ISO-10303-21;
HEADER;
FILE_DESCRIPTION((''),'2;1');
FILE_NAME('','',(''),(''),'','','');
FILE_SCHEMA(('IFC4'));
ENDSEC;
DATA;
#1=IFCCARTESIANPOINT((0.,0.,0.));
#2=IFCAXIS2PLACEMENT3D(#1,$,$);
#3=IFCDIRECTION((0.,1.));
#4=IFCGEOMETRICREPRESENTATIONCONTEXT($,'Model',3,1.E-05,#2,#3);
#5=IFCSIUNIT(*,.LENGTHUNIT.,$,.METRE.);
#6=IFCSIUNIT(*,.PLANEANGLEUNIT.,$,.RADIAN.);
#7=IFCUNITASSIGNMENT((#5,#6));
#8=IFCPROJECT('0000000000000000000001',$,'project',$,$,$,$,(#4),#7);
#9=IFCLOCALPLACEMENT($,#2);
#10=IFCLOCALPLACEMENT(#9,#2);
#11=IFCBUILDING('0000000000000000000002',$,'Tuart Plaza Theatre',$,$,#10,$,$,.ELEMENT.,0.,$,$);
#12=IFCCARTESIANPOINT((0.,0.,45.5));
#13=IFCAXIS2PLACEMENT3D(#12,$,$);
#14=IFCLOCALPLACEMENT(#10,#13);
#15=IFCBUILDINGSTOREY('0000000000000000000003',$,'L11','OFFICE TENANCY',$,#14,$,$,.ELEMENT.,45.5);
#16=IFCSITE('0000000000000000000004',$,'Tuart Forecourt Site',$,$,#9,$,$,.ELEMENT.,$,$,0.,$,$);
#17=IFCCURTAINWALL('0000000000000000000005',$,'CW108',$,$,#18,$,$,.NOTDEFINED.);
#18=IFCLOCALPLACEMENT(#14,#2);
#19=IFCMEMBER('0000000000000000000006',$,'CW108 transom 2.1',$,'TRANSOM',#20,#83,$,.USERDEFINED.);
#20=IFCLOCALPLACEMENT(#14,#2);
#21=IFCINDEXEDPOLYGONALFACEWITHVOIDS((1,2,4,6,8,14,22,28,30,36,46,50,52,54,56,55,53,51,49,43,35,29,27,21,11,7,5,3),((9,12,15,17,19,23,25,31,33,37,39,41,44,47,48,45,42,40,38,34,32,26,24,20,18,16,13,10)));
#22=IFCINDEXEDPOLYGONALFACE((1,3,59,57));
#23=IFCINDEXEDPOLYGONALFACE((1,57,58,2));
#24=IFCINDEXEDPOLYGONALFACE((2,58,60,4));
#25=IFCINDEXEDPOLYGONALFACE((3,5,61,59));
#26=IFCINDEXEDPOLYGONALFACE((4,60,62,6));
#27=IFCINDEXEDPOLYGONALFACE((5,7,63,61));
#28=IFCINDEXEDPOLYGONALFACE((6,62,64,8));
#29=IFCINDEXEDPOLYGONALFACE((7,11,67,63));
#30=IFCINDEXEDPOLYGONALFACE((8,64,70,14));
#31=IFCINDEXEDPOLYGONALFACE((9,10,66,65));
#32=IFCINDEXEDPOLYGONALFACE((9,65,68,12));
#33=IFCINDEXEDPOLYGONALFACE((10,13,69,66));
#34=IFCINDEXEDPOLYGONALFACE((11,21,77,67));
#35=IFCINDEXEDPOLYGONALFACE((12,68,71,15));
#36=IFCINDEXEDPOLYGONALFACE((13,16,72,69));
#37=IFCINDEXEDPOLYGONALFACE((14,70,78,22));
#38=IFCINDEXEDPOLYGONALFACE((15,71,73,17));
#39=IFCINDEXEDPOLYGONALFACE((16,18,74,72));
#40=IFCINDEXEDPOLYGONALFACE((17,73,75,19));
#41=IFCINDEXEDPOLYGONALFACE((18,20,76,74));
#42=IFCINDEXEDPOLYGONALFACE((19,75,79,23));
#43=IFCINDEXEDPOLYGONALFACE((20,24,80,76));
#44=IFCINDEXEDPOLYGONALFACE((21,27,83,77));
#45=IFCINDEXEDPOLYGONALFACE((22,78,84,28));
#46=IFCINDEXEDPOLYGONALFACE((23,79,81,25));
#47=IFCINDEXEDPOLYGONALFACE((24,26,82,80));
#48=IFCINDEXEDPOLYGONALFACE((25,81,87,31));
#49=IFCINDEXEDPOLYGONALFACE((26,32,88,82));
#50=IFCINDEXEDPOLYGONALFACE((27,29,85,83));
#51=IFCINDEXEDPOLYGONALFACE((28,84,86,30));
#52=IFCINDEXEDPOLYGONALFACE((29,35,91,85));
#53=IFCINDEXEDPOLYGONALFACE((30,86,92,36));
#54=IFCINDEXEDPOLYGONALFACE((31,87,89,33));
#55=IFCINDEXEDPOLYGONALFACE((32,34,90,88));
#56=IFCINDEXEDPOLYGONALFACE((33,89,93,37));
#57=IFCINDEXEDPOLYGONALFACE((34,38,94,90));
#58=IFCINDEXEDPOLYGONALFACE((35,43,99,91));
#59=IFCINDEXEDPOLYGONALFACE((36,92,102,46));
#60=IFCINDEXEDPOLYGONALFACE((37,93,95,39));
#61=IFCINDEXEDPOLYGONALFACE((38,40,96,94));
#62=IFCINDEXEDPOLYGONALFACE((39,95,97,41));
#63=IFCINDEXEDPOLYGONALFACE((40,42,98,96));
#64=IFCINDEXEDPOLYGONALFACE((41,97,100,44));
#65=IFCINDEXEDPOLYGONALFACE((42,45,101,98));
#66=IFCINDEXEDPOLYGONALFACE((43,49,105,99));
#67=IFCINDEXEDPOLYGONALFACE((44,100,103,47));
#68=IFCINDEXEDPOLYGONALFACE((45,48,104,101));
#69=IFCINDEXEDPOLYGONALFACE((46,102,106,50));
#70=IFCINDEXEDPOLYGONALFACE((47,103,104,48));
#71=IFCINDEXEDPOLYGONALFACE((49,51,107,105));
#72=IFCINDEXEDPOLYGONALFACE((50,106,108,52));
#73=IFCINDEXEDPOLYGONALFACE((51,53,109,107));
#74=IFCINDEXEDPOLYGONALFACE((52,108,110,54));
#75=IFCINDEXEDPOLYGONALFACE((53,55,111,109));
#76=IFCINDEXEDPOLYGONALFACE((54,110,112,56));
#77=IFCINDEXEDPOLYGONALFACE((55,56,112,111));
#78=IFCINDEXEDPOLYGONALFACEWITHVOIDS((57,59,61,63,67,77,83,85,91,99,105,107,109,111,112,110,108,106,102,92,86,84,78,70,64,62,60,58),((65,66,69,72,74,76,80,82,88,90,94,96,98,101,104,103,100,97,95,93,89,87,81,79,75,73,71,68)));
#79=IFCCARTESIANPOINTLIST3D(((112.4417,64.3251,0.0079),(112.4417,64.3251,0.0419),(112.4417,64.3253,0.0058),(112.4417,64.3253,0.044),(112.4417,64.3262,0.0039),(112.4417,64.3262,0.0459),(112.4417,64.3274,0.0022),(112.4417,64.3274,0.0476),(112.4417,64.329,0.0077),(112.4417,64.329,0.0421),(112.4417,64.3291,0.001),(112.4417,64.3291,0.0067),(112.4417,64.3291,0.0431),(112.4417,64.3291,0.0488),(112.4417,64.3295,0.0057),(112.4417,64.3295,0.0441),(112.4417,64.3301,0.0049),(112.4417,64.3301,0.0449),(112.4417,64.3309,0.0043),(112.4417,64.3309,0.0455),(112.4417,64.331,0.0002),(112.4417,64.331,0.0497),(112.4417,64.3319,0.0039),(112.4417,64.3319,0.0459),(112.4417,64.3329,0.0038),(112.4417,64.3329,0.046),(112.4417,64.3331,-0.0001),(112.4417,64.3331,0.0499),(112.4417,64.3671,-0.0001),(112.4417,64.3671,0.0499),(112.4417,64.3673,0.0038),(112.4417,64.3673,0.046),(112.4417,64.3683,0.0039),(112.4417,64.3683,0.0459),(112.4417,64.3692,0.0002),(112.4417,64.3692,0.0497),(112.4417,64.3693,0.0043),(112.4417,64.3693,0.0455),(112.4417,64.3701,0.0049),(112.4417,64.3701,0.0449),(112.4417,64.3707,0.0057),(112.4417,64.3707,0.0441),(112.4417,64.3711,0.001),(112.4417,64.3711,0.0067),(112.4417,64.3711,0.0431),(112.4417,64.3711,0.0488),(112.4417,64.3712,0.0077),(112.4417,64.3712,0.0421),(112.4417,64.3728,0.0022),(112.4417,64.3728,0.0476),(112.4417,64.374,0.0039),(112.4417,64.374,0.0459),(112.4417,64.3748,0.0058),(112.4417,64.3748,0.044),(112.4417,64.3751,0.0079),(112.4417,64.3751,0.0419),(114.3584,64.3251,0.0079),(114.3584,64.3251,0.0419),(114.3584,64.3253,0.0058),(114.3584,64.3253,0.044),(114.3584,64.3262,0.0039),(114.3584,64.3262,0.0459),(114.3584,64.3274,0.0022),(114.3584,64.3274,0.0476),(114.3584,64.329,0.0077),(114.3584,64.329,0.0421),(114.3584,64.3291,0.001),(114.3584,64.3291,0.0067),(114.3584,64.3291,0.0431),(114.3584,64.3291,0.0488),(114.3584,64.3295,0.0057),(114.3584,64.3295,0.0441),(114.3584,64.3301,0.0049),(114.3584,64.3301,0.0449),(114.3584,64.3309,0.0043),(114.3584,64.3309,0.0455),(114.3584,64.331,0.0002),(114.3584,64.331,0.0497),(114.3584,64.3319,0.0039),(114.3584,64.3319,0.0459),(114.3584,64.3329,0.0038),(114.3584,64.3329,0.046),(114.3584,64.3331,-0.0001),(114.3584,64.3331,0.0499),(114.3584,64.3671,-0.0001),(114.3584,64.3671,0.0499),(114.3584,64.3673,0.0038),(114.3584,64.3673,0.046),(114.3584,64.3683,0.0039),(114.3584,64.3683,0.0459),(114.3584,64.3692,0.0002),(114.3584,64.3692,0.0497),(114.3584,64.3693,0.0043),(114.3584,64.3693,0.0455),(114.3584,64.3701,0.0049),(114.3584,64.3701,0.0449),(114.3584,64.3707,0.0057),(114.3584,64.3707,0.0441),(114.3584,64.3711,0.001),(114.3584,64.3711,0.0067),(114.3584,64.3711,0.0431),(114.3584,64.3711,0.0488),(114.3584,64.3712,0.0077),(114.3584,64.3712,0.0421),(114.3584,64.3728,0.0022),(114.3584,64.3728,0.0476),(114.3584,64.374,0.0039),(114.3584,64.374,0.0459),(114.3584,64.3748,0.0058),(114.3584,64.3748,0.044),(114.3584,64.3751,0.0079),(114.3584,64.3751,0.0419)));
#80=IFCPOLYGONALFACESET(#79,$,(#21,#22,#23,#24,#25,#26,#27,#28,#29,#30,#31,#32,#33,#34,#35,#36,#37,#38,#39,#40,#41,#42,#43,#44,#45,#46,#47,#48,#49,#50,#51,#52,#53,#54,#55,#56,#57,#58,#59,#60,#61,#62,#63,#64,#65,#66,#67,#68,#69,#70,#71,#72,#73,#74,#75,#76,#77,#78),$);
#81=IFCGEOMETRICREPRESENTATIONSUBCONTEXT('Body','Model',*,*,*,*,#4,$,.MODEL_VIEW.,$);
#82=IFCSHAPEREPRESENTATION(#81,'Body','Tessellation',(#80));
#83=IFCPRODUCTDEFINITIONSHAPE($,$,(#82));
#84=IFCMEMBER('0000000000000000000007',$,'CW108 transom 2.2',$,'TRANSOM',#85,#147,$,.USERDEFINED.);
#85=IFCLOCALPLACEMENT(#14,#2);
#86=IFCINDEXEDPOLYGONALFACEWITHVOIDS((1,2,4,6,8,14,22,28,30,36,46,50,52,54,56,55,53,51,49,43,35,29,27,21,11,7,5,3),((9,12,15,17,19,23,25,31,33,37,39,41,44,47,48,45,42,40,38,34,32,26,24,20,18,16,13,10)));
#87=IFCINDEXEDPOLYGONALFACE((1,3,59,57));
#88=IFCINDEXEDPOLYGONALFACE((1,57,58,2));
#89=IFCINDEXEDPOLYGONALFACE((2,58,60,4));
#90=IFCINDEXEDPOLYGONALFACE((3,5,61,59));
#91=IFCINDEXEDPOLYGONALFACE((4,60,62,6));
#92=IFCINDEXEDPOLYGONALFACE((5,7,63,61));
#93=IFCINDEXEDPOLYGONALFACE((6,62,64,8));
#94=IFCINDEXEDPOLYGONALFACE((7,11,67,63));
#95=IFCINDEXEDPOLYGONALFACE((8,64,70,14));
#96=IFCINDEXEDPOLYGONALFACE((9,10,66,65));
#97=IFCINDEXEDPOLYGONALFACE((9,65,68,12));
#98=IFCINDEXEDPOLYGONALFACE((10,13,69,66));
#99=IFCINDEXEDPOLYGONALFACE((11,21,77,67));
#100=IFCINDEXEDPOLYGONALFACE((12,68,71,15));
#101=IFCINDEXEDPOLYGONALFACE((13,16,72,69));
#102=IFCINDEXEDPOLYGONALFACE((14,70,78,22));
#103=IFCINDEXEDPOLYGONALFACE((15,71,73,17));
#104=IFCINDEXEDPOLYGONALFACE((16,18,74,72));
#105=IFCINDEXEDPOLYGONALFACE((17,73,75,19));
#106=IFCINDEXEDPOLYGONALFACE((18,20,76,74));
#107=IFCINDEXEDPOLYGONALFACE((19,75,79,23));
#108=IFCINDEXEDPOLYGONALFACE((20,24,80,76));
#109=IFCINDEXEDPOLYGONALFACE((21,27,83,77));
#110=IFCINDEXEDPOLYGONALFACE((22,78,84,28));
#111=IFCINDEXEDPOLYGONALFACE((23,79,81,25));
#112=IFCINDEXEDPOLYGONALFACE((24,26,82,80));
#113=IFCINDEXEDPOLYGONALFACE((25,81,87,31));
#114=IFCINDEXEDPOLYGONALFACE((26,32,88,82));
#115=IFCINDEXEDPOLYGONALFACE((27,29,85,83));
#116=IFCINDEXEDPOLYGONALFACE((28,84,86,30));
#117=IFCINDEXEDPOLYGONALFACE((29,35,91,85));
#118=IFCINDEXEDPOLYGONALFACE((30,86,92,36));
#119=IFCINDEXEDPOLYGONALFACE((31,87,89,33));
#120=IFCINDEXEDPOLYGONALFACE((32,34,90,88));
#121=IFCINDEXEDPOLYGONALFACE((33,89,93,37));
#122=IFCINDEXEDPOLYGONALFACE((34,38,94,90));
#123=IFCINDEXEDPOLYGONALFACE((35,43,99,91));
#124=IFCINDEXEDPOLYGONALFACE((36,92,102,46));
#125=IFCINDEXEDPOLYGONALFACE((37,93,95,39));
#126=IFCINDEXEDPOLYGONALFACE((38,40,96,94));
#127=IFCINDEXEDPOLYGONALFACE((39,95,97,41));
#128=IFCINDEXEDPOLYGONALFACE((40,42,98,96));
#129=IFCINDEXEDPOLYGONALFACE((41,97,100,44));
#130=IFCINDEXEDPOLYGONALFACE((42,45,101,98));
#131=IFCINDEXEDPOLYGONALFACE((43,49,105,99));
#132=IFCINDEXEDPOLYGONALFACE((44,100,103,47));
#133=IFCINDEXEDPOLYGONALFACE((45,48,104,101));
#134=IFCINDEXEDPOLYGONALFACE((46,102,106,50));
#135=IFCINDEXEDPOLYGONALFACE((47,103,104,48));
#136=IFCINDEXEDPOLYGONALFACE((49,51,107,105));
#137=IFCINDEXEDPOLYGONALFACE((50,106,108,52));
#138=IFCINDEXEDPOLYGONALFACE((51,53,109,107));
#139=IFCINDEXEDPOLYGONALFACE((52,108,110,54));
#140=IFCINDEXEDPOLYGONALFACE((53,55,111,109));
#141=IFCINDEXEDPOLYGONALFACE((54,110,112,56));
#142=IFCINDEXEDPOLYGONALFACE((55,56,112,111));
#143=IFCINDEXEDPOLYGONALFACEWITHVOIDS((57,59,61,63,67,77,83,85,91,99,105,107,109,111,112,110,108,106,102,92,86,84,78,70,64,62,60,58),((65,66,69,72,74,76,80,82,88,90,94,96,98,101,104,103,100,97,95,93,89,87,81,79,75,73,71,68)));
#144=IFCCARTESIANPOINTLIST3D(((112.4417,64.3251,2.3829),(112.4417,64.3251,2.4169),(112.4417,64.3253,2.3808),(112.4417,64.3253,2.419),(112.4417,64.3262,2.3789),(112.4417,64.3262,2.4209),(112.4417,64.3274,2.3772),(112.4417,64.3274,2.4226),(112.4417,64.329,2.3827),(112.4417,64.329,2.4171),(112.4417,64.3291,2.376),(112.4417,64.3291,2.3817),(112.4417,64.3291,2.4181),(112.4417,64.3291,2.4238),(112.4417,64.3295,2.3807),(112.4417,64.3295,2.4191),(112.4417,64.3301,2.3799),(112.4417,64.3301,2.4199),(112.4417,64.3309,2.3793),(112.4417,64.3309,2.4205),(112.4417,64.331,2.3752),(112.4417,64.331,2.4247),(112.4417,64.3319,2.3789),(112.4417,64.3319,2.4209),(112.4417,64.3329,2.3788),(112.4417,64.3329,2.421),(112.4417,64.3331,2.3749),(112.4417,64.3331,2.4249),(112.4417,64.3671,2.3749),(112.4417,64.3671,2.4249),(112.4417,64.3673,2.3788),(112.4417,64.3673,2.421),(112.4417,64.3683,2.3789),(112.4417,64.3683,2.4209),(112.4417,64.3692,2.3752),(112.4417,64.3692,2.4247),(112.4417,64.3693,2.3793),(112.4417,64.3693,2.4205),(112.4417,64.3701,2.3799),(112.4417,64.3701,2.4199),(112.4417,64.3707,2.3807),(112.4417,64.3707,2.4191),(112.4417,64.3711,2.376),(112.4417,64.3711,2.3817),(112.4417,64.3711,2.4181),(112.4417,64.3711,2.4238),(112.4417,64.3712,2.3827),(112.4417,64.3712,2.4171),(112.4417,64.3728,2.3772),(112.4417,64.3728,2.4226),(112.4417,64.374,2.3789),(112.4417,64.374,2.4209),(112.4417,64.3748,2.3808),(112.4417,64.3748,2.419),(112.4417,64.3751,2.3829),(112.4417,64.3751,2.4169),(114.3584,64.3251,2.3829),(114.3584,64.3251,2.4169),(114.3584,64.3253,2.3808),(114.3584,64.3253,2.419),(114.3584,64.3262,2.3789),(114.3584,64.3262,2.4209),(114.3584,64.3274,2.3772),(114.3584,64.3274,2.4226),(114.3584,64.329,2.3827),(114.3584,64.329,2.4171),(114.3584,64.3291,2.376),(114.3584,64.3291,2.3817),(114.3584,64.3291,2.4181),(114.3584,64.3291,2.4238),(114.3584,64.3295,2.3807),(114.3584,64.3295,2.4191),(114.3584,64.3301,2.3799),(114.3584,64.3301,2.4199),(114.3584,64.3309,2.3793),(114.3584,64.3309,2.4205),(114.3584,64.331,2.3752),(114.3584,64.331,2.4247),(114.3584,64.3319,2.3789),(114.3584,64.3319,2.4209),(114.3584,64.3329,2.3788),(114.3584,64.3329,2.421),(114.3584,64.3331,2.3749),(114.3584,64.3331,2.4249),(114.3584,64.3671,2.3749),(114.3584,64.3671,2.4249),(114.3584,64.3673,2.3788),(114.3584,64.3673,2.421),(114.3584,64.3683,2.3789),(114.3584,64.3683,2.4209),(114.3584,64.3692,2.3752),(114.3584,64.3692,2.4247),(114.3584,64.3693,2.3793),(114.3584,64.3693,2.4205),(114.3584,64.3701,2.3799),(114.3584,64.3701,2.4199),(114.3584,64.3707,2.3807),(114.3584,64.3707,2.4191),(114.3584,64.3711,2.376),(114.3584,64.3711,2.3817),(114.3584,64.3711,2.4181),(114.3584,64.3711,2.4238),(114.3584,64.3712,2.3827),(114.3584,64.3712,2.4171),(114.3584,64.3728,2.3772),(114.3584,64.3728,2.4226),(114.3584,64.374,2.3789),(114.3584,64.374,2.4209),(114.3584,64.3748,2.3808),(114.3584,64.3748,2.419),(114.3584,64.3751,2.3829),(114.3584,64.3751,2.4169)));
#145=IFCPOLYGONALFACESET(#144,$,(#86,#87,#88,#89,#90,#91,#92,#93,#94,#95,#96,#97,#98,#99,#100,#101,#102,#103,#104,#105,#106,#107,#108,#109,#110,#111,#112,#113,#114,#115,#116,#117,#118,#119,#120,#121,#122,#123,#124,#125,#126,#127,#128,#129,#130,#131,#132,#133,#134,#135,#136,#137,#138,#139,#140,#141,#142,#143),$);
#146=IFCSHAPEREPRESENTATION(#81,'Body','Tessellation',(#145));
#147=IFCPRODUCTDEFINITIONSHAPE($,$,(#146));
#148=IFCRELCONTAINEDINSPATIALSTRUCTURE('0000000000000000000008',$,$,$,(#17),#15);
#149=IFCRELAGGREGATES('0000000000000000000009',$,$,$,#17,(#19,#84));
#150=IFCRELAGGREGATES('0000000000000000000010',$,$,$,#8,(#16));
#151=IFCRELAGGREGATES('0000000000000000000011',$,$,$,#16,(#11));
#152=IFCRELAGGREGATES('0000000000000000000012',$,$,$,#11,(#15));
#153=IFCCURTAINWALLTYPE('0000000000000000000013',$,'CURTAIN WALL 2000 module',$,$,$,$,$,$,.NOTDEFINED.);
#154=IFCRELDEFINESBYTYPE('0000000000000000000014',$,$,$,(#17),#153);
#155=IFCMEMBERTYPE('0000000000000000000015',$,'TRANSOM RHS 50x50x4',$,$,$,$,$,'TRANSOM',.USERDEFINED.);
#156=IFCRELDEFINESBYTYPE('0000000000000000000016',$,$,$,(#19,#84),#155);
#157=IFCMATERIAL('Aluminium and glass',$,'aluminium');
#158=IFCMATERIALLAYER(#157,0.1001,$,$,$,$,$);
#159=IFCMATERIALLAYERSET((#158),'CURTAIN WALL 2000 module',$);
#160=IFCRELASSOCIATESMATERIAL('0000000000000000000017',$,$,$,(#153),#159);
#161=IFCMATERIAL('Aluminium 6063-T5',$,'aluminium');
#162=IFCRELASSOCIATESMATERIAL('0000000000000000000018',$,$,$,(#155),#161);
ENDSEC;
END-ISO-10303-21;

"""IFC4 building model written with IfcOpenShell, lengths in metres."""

from ifc_helpers import new_model, si_unit, direction, frame, origin, origin_2d, place, context, subcontext, project, spatial, hollow_rectangle, extrude, material, layer, layer_set, material_profile, profile_set, type_object, element, aggregate, save


model = new_model("IFC4")

# Units and contexts
model_context = context("Model", 3, precision=1e-05, world=origin(), true_north=direction((0.0, 1.0)))
body_context = subcontext(model_context, "Body", "Model", "MODEL_VIEW")
ifc_project = project(units=[si_unit("LENGTHUNIT", "METRE"), si_unit("PLANEANGLEUNIT", "RADIAN")], contexts=[model_context])

# Site, building, storey
site_placement = place(None, origin())
site = spatial("IfcSite", under=ifc_project, at=site_placement, Name="Tuart Forecourt Site", CompositionType="ELEMENT", RefElevation=0.0)
building_placement = place(site_placement, origin())
building = spatial("IfcBuilding", under=site, at=building_placement, Name="Tuart Plaza Theatre", CompositionType="ELEMENT", ElevationOfRefHeight=0.0)
storey_placement = place(building_placement, frame((0.0, 0.0, 45.5)))
storey = spatial("IfcBuildingStorey", under=building, at=storey_placement, Name="L11", Description="OFFICE TENANCY", CompositionType="ELEMENT", Elevation=45.5)

# Curtain wall
ifc_material_1 = material(Name="Aluminium and glass", Category="aluminium")
ifc_layer_1 = layer(ifc_material_1, 0.1001)
ifc_layer_set_1 = layer_set([ifc_layer_1], Name="CURTAIN WALL 2000 module")
curtain_wall_type = type_object("IfcCurtainWallType", Name="CURTAIN WALL 2000 module", PredefinedType="NOTDEFINED", material=ifc_layer_set_1)
curtain_wall_1_placement = place(storey_placement, origin())
curtain_wall_1 = element("IfcCurtainWall", 1, at=curtain_wall_1_placement, inside=storey, type_object=curtain_wall_type, Name="CW108", PredefinedType="NOTDEFINED")
ifc_material_2 = material(Name="Aluminium 6063-T5", Category="aluminium")
ifc_material_profile_1 = material_profile(ifc_material_2, hollow_rectangle(XDim=0.05, YDim=0.05, WallThickness=0.0039, InnerFilletRadius=0.0039, OuterFilletRadius=0.0081, at=origin_2d()), Name="RHS 50x50x4")
ifc_profile_set_1 = profile_set([ifc_material_profile_1], Name="Aluminium 6063-T5")
member_type_1 = type_object("IfcMemberType", Name="TRANSOM RHS 50x50x4", ElementType="TRANSOM", PredefinedType="USERDEFINED", material=ifc_profile_set_1)

# Members
member_1_placement = place(storey_placement, frame((112.4417, 64.3501, 0.0249), z_axis=(1.0, 0.0, 0.0), x_axis=(0.0, 1.0, 0.0)))
member_1 = element("IfcMember", 2, at=member_1_placement, type_object=member_type_1, Name="CW108 transom 2.1", ObjectType="TRANSOM", PredefinedType="USERDEFINED", context=body_context, shape_type="SweptSolid", body=[
    extrude(hollow_rectangle(XDim=0.05, YDim=0.05, WallThickness=0.0039, InnerFilletRadius=0.0039, OuterFilletRadius=0.0081, at=origin_2d()), origin(), (0.0, 0.0, 1.0), 1.9167),
])
member_2_placement = place(storey_placement, frame((112.4417, 64.3501, 2.3999), z_axis=(1.0, 0.0, 0.0), x_axis=(0.0, 1.0, 0.0)))
member_2 = element("IfcMember", 3, at=member_2_placement, type_object=member_type_1, Name="CW108 transom 2.2", ObjectType="TRANSOM", PredefinedType="USERDEFINED", context=body_context, shape_type="SweptSolid", body=[
    extrude(hollow_rectangle(XDim=0.05, YDim=0.05, WallThickness=0.0039, InnerFilletRadius=0.0039, OuterFilletRadius=0.0081, at=origin_2d()), origin(), (0.0, 0.0, 1.0), 1.9167),
])

aggregate(curtain_wall_1, [member_1, member_2])

save(model, "model.ifc")
